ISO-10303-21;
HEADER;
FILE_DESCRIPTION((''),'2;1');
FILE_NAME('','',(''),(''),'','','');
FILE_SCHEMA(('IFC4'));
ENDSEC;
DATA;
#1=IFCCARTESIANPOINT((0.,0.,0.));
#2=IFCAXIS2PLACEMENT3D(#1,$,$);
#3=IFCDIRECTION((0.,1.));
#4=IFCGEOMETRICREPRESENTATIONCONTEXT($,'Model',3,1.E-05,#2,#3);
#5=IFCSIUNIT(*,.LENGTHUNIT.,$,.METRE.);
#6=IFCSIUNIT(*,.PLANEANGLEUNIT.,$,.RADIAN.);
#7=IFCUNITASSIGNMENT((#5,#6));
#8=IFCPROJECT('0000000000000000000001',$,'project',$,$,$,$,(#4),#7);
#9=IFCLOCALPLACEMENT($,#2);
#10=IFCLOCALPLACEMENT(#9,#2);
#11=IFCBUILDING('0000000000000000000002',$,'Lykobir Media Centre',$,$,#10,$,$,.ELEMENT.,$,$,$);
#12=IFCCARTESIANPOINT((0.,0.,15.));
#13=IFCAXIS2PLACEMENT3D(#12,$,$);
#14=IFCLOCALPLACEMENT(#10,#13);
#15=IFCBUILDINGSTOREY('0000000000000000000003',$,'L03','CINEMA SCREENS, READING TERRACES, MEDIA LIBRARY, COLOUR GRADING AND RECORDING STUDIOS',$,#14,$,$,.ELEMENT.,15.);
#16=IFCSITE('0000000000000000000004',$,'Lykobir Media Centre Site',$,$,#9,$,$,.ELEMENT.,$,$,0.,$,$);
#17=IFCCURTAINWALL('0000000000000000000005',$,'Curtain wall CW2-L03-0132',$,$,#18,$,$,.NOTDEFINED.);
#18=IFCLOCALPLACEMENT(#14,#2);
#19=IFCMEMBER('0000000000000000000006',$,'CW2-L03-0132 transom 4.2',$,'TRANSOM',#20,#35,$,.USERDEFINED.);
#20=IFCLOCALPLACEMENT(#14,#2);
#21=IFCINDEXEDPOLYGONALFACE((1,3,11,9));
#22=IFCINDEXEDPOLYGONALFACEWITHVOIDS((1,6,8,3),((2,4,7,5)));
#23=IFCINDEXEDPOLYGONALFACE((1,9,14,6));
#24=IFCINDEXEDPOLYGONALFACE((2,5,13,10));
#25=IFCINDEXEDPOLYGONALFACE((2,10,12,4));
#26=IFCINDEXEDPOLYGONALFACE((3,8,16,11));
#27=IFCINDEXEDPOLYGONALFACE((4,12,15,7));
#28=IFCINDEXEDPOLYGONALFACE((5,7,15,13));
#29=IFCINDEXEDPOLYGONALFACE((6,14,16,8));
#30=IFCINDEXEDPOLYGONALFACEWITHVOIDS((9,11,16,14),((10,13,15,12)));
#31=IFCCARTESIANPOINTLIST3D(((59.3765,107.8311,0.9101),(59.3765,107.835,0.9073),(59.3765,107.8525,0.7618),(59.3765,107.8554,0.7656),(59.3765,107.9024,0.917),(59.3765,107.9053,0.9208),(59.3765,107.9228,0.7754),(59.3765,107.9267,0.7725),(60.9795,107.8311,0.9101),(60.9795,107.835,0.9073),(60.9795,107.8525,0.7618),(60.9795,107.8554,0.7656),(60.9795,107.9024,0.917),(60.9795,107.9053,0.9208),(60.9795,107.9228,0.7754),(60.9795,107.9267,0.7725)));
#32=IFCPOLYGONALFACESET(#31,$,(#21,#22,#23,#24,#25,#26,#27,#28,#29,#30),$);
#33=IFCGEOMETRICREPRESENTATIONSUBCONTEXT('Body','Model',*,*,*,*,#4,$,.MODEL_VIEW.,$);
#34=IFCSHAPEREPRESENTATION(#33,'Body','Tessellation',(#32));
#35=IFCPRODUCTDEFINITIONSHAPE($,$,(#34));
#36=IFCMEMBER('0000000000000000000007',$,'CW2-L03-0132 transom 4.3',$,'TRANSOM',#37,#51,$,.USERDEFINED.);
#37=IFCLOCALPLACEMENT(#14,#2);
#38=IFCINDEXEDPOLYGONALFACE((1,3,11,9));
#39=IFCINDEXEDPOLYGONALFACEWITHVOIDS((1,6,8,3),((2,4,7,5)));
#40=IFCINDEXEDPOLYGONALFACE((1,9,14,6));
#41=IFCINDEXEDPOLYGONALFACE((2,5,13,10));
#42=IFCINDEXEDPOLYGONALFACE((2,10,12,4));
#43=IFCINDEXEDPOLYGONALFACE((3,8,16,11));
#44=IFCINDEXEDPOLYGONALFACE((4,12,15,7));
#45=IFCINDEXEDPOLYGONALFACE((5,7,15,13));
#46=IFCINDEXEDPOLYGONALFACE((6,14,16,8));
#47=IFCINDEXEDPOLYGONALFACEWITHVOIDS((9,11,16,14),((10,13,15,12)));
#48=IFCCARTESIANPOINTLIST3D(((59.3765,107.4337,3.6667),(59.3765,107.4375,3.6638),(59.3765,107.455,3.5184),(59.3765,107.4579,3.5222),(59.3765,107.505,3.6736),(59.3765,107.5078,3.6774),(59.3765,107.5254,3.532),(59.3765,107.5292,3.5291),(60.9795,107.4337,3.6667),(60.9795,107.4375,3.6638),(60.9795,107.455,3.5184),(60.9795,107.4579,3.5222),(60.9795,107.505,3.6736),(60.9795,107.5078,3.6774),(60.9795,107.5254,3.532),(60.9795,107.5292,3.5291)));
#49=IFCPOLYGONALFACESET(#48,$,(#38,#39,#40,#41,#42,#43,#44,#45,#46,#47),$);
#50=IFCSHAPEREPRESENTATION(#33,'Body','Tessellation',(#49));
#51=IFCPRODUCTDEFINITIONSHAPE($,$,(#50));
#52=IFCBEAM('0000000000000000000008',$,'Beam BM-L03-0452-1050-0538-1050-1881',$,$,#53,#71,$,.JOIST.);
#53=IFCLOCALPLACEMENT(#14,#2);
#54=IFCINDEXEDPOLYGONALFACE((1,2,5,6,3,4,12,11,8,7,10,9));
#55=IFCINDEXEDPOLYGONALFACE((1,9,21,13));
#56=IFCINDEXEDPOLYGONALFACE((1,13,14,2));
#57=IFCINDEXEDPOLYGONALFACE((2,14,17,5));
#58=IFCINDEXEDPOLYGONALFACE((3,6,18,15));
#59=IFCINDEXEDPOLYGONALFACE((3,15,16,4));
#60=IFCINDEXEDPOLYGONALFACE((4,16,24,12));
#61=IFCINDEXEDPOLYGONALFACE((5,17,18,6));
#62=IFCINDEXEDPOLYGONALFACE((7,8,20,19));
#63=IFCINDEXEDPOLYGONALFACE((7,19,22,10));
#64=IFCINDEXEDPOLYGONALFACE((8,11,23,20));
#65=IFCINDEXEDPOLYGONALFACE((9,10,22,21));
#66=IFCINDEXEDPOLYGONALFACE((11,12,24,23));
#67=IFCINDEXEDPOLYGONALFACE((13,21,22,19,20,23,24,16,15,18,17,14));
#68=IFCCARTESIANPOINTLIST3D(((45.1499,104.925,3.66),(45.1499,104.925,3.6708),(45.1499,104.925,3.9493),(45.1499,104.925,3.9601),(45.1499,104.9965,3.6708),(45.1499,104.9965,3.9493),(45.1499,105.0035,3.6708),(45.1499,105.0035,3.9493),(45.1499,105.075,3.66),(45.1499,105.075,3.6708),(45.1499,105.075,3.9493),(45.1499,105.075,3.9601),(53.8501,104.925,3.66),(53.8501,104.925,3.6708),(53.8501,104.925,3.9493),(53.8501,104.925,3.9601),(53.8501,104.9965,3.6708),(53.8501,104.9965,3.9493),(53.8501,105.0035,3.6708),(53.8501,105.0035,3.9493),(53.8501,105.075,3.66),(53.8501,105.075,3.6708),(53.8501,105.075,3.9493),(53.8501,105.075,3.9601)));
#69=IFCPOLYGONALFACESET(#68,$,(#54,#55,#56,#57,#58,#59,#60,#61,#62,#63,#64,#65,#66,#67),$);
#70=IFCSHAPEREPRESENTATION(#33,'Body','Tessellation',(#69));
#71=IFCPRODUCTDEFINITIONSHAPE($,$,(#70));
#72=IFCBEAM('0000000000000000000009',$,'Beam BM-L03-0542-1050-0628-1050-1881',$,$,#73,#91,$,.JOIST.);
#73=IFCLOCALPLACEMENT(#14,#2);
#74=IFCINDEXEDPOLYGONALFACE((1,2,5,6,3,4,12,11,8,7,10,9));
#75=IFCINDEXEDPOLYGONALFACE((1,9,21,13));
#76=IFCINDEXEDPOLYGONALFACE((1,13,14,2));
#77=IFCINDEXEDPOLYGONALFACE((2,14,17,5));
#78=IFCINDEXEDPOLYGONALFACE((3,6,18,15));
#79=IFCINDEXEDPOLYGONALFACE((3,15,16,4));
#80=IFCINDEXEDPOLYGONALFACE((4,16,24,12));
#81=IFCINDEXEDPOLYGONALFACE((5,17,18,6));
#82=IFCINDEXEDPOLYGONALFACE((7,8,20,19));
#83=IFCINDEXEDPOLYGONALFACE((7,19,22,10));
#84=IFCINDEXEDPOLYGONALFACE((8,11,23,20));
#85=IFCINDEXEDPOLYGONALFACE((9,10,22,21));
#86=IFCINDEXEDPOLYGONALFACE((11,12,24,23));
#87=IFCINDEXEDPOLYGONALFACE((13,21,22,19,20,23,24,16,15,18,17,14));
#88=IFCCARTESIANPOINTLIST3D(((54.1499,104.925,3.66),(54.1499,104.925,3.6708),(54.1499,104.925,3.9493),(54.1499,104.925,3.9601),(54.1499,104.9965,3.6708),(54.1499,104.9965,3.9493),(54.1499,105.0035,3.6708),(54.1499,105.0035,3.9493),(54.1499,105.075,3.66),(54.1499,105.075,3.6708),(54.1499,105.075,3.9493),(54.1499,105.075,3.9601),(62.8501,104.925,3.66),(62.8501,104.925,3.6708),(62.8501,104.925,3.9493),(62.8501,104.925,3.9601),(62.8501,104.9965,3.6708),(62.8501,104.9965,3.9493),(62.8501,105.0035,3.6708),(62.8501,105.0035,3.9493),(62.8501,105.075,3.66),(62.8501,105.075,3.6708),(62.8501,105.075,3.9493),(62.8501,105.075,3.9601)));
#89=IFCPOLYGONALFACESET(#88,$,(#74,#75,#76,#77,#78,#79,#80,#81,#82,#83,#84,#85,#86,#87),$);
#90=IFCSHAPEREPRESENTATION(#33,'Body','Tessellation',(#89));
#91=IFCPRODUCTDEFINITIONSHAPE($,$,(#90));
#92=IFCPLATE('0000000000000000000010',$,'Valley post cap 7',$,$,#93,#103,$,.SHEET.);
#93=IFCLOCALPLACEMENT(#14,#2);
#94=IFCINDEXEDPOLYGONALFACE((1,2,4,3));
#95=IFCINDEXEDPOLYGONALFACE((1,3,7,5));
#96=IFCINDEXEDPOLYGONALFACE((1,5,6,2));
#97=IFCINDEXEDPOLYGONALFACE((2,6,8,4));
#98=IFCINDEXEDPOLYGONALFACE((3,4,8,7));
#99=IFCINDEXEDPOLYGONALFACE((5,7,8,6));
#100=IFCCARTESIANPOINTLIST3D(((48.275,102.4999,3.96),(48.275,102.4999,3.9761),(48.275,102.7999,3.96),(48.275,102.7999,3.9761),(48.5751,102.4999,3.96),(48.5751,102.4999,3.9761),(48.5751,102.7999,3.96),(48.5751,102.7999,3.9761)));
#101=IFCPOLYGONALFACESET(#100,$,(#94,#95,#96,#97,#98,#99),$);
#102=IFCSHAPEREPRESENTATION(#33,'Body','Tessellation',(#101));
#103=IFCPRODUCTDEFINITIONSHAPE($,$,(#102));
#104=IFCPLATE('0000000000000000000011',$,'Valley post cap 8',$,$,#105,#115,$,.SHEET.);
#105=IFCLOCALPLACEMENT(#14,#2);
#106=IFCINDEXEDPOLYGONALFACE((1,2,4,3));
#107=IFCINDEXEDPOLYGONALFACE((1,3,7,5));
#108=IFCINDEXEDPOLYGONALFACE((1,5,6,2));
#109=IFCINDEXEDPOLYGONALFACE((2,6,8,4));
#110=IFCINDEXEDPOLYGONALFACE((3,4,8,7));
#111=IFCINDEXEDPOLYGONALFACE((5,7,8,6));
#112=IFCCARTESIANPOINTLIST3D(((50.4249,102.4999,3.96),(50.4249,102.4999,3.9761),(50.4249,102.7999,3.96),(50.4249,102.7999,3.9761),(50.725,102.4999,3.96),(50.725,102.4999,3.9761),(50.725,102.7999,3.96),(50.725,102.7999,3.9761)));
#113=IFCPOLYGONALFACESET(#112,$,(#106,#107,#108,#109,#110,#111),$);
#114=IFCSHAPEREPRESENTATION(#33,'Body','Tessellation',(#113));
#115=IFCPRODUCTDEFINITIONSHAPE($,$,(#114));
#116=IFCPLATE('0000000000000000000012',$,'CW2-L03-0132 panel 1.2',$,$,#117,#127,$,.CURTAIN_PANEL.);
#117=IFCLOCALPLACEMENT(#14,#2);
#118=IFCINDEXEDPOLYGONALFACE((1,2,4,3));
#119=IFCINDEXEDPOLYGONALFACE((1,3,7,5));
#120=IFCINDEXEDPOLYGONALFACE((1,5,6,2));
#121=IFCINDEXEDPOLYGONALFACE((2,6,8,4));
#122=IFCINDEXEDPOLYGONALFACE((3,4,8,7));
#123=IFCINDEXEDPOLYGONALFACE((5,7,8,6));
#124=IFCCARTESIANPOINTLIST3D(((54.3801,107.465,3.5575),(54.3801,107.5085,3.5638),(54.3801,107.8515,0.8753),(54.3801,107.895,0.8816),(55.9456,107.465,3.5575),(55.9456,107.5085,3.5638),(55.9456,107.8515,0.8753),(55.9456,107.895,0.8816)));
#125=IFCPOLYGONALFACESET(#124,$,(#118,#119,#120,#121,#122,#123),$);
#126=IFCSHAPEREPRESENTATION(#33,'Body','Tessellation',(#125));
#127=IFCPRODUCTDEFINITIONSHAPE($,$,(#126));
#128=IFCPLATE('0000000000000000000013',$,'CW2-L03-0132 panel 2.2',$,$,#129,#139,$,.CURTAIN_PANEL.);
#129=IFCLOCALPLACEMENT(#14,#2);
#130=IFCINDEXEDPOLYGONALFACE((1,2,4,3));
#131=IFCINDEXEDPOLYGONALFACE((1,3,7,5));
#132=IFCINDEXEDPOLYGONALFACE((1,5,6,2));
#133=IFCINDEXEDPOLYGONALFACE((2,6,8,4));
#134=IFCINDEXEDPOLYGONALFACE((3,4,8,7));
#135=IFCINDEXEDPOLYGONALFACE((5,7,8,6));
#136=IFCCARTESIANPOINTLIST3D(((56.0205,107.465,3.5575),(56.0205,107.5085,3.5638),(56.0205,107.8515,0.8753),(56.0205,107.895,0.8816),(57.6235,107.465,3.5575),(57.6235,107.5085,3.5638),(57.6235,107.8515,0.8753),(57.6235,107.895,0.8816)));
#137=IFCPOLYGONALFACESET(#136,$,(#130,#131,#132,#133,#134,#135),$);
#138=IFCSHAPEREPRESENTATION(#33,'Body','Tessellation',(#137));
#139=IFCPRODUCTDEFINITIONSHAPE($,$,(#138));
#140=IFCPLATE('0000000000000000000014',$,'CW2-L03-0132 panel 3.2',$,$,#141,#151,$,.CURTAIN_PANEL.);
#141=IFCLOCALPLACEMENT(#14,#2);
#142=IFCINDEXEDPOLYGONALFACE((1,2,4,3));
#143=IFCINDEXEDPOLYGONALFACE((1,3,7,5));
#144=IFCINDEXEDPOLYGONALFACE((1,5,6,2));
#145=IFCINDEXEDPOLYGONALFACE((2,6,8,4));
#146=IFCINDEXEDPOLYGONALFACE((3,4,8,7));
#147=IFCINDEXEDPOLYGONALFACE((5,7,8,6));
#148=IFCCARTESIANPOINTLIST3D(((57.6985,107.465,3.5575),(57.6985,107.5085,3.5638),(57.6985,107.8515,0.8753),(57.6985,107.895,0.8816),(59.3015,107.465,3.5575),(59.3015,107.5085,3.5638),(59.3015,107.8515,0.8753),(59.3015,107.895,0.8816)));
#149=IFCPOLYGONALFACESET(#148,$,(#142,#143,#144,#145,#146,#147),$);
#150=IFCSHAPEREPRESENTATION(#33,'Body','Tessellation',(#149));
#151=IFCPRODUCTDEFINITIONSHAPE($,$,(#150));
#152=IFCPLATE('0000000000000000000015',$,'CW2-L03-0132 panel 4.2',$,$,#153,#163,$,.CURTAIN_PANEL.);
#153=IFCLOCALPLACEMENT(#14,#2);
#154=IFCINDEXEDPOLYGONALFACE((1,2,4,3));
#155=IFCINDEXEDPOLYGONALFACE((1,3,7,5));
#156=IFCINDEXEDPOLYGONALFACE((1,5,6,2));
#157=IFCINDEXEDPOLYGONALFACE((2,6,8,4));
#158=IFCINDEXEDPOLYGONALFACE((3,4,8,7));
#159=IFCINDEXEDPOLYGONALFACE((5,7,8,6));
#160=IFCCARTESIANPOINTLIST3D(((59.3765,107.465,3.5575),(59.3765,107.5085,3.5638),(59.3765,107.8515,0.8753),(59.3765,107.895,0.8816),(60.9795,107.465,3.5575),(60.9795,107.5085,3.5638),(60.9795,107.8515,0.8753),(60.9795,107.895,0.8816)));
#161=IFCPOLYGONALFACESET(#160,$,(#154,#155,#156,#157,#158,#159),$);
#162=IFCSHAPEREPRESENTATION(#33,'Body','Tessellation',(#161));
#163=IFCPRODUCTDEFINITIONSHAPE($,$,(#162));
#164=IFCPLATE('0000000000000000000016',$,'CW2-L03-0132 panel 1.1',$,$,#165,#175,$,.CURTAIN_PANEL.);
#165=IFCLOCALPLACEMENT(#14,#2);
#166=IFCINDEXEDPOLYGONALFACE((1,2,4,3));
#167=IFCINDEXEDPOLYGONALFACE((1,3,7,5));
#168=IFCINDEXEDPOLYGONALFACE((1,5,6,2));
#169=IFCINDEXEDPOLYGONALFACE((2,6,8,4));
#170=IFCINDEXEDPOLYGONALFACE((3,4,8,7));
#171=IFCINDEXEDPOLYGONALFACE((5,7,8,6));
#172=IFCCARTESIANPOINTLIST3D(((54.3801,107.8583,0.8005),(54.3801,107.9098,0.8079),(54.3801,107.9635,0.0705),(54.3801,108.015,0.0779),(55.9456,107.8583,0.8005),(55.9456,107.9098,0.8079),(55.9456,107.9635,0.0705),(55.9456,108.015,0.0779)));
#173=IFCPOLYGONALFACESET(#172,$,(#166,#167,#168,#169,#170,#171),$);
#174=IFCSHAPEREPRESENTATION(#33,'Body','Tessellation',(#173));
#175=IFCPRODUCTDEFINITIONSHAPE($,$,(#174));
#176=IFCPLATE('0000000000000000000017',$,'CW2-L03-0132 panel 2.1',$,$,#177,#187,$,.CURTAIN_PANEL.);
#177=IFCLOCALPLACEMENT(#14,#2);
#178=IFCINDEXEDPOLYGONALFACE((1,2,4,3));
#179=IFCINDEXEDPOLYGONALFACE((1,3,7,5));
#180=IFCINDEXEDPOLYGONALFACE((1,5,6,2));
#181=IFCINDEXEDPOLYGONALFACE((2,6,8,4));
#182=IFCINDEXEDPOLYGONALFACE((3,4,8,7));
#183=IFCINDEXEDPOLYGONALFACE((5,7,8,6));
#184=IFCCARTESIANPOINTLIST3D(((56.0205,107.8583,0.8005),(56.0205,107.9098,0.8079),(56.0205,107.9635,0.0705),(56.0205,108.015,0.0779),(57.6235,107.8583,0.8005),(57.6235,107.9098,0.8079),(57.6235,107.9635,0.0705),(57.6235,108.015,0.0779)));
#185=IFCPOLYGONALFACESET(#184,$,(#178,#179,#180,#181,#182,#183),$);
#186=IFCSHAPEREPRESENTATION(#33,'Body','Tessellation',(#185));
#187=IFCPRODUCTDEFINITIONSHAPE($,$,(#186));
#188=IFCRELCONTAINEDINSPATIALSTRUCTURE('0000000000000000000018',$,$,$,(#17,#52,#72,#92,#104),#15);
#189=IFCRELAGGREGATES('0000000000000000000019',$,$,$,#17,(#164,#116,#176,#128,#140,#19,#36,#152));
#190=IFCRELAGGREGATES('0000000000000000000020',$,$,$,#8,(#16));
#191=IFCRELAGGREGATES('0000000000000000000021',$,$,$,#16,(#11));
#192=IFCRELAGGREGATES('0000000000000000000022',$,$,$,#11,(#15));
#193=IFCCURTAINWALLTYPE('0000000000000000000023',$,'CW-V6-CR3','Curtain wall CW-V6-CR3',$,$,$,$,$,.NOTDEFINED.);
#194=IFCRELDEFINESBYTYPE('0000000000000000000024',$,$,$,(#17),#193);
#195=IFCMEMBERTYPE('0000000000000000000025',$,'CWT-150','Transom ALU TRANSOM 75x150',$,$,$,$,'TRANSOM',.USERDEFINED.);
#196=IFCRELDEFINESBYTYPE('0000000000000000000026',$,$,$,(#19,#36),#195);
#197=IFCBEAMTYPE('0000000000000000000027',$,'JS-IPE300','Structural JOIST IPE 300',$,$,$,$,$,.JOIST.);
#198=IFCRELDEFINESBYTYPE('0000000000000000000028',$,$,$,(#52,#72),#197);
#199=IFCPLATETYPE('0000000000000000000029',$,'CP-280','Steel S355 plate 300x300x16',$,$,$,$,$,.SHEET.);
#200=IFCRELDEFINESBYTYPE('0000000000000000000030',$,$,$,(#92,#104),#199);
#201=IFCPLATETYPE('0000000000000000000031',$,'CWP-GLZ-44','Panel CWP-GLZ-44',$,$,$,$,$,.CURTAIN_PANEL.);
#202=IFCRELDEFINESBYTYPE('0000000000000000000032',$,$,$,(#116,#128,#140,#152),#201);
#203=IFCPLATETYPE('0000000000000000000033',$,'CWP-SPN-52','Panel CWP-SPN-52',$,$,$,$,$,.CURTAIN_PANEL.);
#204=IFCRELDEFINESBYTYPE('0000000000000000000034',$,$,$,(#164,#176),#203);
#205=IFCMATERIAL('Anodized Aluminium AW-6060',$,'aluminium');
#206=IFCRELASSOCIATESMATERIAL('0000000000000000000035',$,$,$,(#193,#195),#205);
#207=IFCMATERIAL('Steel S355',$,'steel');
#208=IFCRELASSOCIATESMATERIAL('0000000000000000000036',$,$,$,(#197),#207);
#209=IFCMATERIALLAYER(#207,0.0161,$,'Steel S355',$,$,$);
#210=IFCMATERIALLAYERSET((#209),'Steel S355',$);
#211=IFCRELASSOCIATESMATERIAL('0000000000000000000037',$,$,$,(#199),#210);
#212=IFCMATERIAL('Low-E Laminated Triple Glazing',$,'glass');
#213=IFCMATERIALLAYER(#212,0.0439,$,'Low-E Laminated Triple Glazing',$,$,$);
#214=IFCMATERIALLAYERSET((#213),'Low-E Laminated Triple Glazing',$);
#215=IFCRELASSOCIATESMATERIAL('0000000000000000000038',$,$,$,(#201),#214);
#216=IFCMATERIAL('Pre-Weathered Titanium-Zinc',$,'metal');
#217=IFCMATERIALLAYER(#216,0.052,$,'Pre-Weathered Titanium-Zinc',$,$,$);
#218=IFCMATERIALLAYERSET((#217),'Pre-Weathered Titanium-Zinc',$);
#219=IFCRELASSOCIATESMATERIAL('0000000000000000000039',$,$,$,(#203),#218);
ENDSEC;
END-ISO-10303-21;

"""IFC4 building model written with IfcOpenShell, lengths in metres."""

from ifc_helpers import new_model, si_unit, direction, frame, origin, origin_2d, place, context, subcontext, project, spatial, rectangle, hollow_rectangle, i_section, extrude, material, layer, layer_set, material_profile, profile_set, type_object, element, aggregate, save


model = new_model("IFC4")

# Units and contexts
model_context = context("Model", 3, precision=1e-05, world=origin(), true_north=direction((0.0, 1.0)))
body_context = subcontext(model_context, "Body", "Model", "MODEL_VIEW")
ifc_project = project(units=[si_unit("LENGTHUNIT", "METRE"), si_unit("PLANEANGLEUNIT", "RADIAN")], contexts=[model_context])

# Site, building, storey
site_placement = place(None, origin())
site = spatial("IfcSite", under=ifc_project, at=site_placement, Name="Lykobir Media Centre Site", CompositionType="ELEMENT", RefElevation=0.0)
building_placement = place(site_placement, origin())
building = spatial("IfcBuilding", under=site, at=building_placement, Name="Lykobir Media Centre", CompositionType="ELEMENT")
storey_placement = place(building_placement, frame((0.0, 0.0, 15.0)))
storey = spatial("IfcBuildingStorey", under=building, at=storey_placement, Name="L03", Description="CINEMA SCREENS, READING TERRACES, MEDIA LIBRARY, COLOUR GRADING AND RECORDING STUDIOS", CompositionType="ELEMENT", Elevation=15.0)

# Shared definitions
ifc_material_1 = material(Name="Steel S355", Category="steel")

# Curtain wall, members
ifc_material_2 = material(Name="Anodized Aluminium AW-6060", Category="aluminium")
curtain_wall_type = type_object("IfcCurtainWallType", Name="CW-V6-CR3", Description="Curtain wall CW-V6-CR3", PredefinedType="NOTDEFINED", material=ifc_material_2)
curtain_wall_placement = place(storey_placement, origin())
curtain_wall = element("IfcCurtainWall", 1, at=curtain_wall_placement, inside=storey, type_object=curtain_wall_type, Name="Curtain wall CW2-L03-0132", PredefinedType="NOTDEFINED")
ifc_material_profile_1 = material_profile(ifc_material_2, hollow_rectangle(XDim=0.075, YDim=0.1499, WallThickness=0.0034, at=origin_2d()), Name="ALU TRANSOM 75x150")
ifc_profile_set_1 = profile_set([ifc_material_profile_1], Name="Anodized Aluminium AW-6060")
member_type = type_object("IfcMemberType", Name="CWT-150", Description="Transom ALU TRANSOM 75x150", ElementType="TRANSOM", PredefinedType="USERDEFINED", material=ifc_profile_set_1)
member_1_placement = place(storey_placement, frame((59.3765, 107.8789, 0.8413), z_axis=(1.0, 0.0, 0.0), x_axis=(0.0, 0.989776, 0.142629)))
member_1 = element("IfcMember", 2, at=member_1_placement, type_object=member_type, Name="CW2-L03-0132 transom 4.2", ObjectType="TRANSOM", PredefinedType="USERDEFINED", context=body_context, shape_type="SweptSolid", body=[
    extrude(hollow_rectangle(XDim=0.075, YDim=0.1499, WallThickness=0.0034, at=origin_2d()), origin(), (0.0, 0.0, 1.0), 1.603),
])
member_2_placement = place(storey_placement, frame((59.3765, 107.4814, 3.5979), z_axis=(1.0, 0.0, 0.0), x_axis=(0.0, 0.989776, 0.142629)))
member_2 = element("IfcMember", 3, at=member_2_placement, type_object=member_type, Name="CW2-L03-0132 transom 4.3", ObjectType="TRANSOM", PredefinedType="USERDEFINED", context=body_context, shape_type="SweptSolid", body=[
    extrude(hollow_rectangle(XDim=0.075, YDim=0.1499, WallThickness=0.0034, at=origin_2d()), origin(), (0.0, 0.0, 1.0), 1.603),
])

# Beams
ifc_material_profile_2 = material_profile(ifc_material_1, i_section(OverallWidth=0.1499, OverallDepth=0.3, WebThickness=0.0071, FlangeThickness=0.0107, at=origin_2d()), Name="IPE 300")
ifc_profile_set_2 = profile_set([ifc_material_profile_2], Name="Steel S355")
beam_type_1 = type_object("IfcBeamType", Name="JS-IPE300", Description="Structural JOIST IPE 300", PredefinedType="JOIST", material=ifc_profile_set_2)
for number, where, z_axis, x_axis, name in (
    (4, (45.1499, 105.0, 3.8101), (1.0, 0.0, 0.0), (0.0, 1.0, 0.0), "Beam BM-L03-0452-1050-0538-1050-1881"),
    (5, (54.1499, 105.0, 3.8101), (1.0, 0.0, 0.0), (0.0, 1.0, 0.0), "Beam BM-L03-0542-1050-0628-1050-1881"),
):
    element("IfcBeam", number, at=place(storey_placement, frame(where, z_axis=z_axis, x_axis=x_axis)), inside=storey, type_object=beam_type_1, Name=name, PredefinedType="JOIST", context=body_context, shape_type="SweptSolid", body=[
        extrude(i_section(OverallWidth=0.1499, OverallDepth=0.3, WebThickness=0.0071, FlangeThickness=0.0107, at=origin_2d()), origin(), (0.0, 0.0, 1.0), 8.7002),
    ])

# Plates
ifc_layer_1 = layer(ifc_material_1, 0.0161, Name="Steel S355")
ifc_layer_set_1 = layer_set([ifc_layer_1], Name="Steel S355")
plate_type_1 = type_object("IfcPlateType", Name="CP-280", Description="Steel S355 plate 300x300x16", PredefinedType="SHEET", material=ifc_layer_set_1)
for number, where, z_axis, x_axis, name in (
    (6, (48.425, 102.6499, 3.96), (0.0, 0.0, 1.0), (1.0, 0.0, 0.0), "Valley post cap 7"),
    (7, (50.575, 102.6499, 3.96), (0.0, 0.0, 1.0), (1.0, 0.0, 0.0), "Valley post cap 8"),
):
    element("IfcPlate", number, at=place(storey_placement, frame(where, z_axis=z_axis, x_axis=x_axis)), inside=storey, type_object=plate_type_1, Name=name, PredefinedType="SHEET", context=body_context, shape_type="SweptSolid", body=[
        extrude(rectangle(XDim=0.3, YDim=0.3, at=origin_2d()), origin(), (0.0, 0.0, 1.0), 0.0161),
    ])

# Plates
ifc_material_3 = material(Name="Low-E Laminated Triple Glazing", Category="glass")
ifc_layer_2 = layer(ifc_material_3, 0.0439, Name="Low-E Laminated Triple Glazing")
ifc_layer_set_2 = layer_set([ifc_layer_2], Name="Low-E Laminated Triple Glazing")
plate_type_2 = type_object("IfcPlateType", Name="CWP-GLZ-44", Description="Panel CWP-GLZ-44", PredefinedType="CURTAIN_PANEL", material=ifc_layer_set_2)
plate_1_placement = place(storey_placement, frame((55.1628, 107.8733, 0.8784), z_axis=(0.0, -0.142629, 0.989776), x_axis=(1.0, 0.0, 0.0)))
plate_1 = element("IfcPlate", 8, at=plate_1_placement, type_object=plate_type_2, Name="CW2-L03-0132 panel 1.2", PredefinedType="CURTAIN_PANEL", context=body_context, shape_type="SweptSolid", body=[
    extrude(rectangle(XDim=1.5654, YDim=0.0439, at=origin_2d()), origin(), (0.0, 0.0, 1.0), 2.71),
])
plate_2_placement = place(storey_placement, frame((56.822, 107.8733, 0.8784), z_axis=(0.0, -0.142629, 0.989776), x_axis=(1.0, 0.0, 0.0)))
plate_2 = element("IfcPlate", 9, at=plate_2_placement, type_object=plate_type_2, Name="CW2-L03-0132 panel 2.2", PredefinedType="CURTAIN_PANEL", context=body_context, shape_type="SweptSolid", body=[
    extrude(rectangle(XDim=1.603, YDim=0.0439, at=origin_2d()), origin(), (0.0, 0.0, 1.0), 2.71),
])
plate_3_placement = place(storey_placement, frame((58.5, 107.8733, 0.8784), z_axis=(0.0, -0.142629, 0.989776), x_axis=(1.0, 0.0, 0.0)))
plate_3 = element("IfcPlate", 10, at=plate_3_placement, type_object=plate_type_2, Name="CW2-L03-0132 panel 3.2", PredefinedType="CURTAIN_PANEL", context=body_context, shape_type="SweptSolid", body=[
    extrude(rectangle(XDim=1.603, YDim=0.0439, at=origin_2d()), origin(), (0.0, 0.0, 1.0), 2.71),
])
plate_4_placement = place(storey_placement, frame((60.178, 107.8733, 0.8784), z_axis=(0.0, -0.142629, 0.989776), x_axis=(1.0, 0.0, 0.0)))
plate_4 = element("IfcPlate", 11, at=plate_4_placement, type_object=plate_type_2, Name="CW2-L03-0132 panel 4.2", PredefinedType="CURTAIN_PANEL", context=body_context, shape_type="SweptSolid", body=[
    extrude(rectangle(XDim=1.603, YDim=0.0439, at=origin_2d()), origin(), (0.0, 0.0, 1.0), 2.71),
])
ifc_material_4 = material(Name="Pre-Weathered Titanium-Zinc", Category="metal")
ifc_layer_3 = layer(ifc_material_4, 0.052, Name="Pre-Weathered Titanium-Zinc")
ifc_layer_set_3 = layer_set([ifc_layer_3], Name="Pre-Weathered Titanium-Zinc")
plate_type_3 = type_object("IfcPlateType", Name="CWP-SPN-52", Description="Panel CWP-SPN-52", PredefinedType="CURTAIN_PANEL", material=ifc_layer_set_3)
plate_5_placement = place(storey_placement, frame((55.1628, 107.9893, 0.0742), z_axis=(0.0, -0.142629, 0.989776), x_axis=(1.0, 0.0, 0.0)))
plate_5 = element("IfcPlate", 12, at=plate_5_placement, type_object=plate_type_3, Name="CW2-L03-0132 panel 1.1", PredefinedType="CURTAIN_PANEL", context=body_context, shape_type="SweptSolid", body=[
    extrude(rectangle(XDim=1.5654, YDim=0.052, at=origin_2d()), origin(), (0.0, 0.0, 1.0), 0.7375),
])
plate_6_placement = place(storey_placement, frame((56.822, 107.9893, 0.0742), z_axis=(0.0, -0.142629, 0.989776), x_axis=(1.0, 0.0, 0.0)))
plate_6 = element("IfcPlate", 13, at=plate_6_placement, type_object=plate_type_3, Name="CW2-L03-0132 panel 2.1", PredefinedType="CURTAIN_PANEL", context=body_context, shape_type="SweptSolid", body=[
    extrude(rectangle(XDim=1.603, YDim=0.052, at=origin_2d()), origin(), (0.0, 0.0, 1.0), 0.7375),
])
aggregate(curtain_wall, [plate_5, plate_1, plate_6, plate_2, plate_3, member_1, member_2, plate_4])

save(model, "model.ifc")
